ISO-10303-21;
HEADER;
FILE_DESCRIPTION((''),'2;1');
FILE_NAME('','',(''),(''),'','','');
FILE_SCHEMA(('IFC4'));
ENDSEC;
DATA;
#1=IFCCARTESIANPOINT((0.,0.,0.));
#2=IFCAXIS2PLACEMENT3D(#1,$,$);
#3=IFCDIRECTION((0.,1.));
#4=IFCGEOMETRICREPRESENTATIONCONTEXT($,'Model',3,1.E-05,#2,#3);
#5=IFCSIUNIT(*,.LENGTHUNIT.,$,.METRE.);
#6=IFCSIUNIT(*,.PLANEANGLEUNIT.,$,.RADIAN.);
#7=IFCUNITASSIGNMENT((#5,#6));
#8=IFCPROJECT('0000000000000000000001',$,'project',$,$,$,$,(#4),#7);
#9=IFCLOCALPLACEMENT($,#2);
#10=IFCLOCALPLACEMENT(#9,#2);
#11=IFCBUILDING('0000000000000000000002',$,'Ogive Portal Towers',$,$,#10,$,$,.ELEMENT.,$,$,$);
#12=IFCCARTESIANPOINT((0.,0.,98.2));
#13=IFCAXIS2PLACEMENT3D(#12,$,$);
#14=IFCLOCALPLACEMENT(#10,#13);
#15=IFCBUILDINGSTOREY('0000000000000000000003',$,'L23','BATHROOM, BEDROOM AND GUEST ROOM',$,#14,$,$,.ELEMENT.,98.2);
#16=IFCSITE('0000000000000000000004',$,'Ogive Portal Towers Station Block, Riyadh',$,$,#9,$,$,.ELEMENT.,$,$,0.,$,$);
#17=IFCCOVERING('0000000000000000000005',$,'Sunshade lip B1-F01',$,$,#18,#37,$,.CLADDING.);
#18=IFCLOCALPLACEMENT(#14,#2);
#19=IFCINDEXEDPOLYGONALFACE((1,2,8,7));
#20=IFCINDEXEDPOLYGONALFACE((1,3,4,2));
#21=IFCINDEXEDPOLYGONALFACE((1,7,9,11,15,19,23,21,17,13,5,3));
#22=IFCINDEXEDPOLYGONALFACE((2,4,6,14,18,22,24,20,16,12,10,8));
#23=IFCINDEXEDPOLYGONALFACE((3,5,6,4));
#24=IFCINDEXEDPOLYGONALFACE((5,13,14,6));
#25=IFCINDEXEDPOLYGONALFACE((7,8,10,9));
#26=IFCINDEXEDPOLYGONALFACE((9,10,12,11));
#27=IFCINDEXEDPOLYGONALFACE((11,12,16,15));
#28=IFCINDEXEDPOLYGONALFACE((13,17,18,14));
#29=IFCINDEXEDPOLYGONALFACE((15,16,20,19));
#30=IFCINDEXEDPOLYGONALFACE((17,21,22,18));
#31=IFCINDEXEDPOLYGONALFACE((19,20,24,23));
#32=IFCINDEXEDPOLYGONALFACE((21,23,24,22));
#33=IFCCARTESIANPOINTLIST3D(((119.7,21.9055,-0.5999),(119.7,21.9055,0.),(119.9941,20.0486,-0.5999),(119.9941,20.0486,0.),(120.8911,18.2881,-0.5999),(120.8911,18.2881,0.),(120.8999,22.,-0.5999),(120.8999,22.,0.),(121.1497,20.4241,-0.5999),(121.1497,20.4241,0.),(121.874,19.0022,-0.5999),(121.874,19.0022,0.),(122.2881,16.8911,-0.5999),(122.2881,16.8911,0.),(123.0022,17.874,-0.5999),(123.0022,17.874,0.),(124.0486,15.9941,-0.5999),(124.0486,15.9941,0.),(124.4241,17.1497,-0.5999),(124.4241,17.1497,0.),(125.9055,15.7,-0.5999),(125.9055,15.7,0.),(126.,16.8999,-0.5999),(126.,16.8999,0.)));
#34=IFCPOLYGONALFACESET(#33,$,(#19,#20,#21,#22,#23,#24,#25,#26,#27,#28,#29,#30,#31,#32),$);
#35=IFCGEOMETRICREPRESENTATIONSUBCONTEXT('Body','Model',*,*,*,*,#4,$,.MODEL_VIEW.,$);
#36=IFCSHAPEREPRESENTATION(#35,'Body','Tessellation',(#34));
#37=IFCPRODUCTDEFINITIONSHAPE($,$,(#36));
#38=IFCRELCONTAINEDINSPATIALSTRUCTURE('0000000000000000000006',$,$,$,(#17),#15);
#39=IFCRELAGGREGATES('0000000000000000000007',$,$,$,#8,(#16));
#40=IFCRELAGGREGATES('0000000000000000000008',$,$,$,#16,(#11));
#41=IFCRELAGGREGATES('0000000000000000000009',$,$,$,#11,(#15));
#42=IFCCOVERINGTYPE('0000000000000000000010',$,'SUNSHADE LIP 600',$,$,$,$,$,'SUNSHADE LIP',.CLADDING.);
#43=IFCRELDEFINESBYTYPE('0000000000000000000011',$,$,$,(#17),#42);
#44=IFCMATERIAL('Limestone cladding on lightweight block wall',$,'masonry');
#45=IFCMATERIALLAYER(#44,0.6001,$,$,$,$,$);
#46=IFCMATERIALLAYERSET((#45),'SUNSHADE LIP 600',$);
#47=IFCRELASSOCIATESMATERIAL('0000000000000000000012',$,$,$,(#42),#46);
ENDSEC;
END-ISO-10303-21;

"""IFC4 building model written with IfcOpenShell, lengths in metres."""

from ifc_helpers import new_model, si_unit, direction, frame, origin, place, context, subcontext, project, spatial, polyline, outline, extrude, material, layer, layer_set, type_object, element, save


model = new_model("IFC4")

# Units and contexts
model_context = context("Model", 3, precision=1e-05, world=origin(), true_north=direction((0.0, 1.0)))
body_context = subcontext(model_context, "Body", "Model", "MODEL_VIEW")
ifc_project = project(units=[si_unit("LENGTHUNIT", "METRE"), si_unit("PLANEANGLEUNIT", "RADIAN")], contexts=[model_context])

# Site, building, storey
site_placement = place(None, origin())
site = spatial("IfcSite", under=ifc_project, at=site_placement, Name="Ogive Portal Towers Station Block, Riyadh", CompositionType="ELEMENT", RefElevation=0.0)
building_placement = place(site_placement, origin())
building = spatial("IfcBuilding", under=site, at=building_placement, Name="Ogive Portal Towers", CompositionType="ELEMENT")
storey_placement = place(building_placement, frame((0.0, 0.0, 98.2)))
storey = spatial("IfcBuildingStorey", under=building, at=storey_placement, Name="L23", Description="BATHROOM, BEDROOM AND GUEST ROOM", CompositionType="ELEMENT", Elevation=98.2)

# Covering
ifc_material_1 = material(Name="Limestone cladding on lightweight block wall", Category="masonry")
ifc_layer_1 = layer(ifc_material_1, 0.6001)
ifc_layer_set_1 = layer_set([ifc_layer_1], Name="SUNSHADE LIP 600")
covering_type_1 = type_object("IfcCoveringType", Name="SUNSHADE LIP 600", ElementType="SUNSHADE LIP", PredefinedType="CLADDING", material=ifc_layer_set_1)
covering_1_placement = place(storey_placement, frame((0.0, 0.0, -0.5999)))
element("IfcCovering", 1, at=covering_1_placement, inside=storey, type_object=covering_type_1, Name="Sunshade lip B1-F01", PredefinedType="CLADDING", context=body_context, shape_type="SweptSolid", body=[
    extrude(outline(polyline([(120.8999, 22.0), (121.1497, 20.4241), (121.874, 19.0022), (123.0022, 17.874), (124.4241, 17.1497), (126.0, 16.8999), (125.9055, 15.7), (124.0486, 15.9941), (122.2881, 16.8911), (120.8911, 18.2881), (119.9941, 20.0486), (119.7, 21.9055), (120.8999, 22.0)])), origin(), (0.0, 0.0, 1.0), 0.5999),
])

save(model, "model.ifc")
